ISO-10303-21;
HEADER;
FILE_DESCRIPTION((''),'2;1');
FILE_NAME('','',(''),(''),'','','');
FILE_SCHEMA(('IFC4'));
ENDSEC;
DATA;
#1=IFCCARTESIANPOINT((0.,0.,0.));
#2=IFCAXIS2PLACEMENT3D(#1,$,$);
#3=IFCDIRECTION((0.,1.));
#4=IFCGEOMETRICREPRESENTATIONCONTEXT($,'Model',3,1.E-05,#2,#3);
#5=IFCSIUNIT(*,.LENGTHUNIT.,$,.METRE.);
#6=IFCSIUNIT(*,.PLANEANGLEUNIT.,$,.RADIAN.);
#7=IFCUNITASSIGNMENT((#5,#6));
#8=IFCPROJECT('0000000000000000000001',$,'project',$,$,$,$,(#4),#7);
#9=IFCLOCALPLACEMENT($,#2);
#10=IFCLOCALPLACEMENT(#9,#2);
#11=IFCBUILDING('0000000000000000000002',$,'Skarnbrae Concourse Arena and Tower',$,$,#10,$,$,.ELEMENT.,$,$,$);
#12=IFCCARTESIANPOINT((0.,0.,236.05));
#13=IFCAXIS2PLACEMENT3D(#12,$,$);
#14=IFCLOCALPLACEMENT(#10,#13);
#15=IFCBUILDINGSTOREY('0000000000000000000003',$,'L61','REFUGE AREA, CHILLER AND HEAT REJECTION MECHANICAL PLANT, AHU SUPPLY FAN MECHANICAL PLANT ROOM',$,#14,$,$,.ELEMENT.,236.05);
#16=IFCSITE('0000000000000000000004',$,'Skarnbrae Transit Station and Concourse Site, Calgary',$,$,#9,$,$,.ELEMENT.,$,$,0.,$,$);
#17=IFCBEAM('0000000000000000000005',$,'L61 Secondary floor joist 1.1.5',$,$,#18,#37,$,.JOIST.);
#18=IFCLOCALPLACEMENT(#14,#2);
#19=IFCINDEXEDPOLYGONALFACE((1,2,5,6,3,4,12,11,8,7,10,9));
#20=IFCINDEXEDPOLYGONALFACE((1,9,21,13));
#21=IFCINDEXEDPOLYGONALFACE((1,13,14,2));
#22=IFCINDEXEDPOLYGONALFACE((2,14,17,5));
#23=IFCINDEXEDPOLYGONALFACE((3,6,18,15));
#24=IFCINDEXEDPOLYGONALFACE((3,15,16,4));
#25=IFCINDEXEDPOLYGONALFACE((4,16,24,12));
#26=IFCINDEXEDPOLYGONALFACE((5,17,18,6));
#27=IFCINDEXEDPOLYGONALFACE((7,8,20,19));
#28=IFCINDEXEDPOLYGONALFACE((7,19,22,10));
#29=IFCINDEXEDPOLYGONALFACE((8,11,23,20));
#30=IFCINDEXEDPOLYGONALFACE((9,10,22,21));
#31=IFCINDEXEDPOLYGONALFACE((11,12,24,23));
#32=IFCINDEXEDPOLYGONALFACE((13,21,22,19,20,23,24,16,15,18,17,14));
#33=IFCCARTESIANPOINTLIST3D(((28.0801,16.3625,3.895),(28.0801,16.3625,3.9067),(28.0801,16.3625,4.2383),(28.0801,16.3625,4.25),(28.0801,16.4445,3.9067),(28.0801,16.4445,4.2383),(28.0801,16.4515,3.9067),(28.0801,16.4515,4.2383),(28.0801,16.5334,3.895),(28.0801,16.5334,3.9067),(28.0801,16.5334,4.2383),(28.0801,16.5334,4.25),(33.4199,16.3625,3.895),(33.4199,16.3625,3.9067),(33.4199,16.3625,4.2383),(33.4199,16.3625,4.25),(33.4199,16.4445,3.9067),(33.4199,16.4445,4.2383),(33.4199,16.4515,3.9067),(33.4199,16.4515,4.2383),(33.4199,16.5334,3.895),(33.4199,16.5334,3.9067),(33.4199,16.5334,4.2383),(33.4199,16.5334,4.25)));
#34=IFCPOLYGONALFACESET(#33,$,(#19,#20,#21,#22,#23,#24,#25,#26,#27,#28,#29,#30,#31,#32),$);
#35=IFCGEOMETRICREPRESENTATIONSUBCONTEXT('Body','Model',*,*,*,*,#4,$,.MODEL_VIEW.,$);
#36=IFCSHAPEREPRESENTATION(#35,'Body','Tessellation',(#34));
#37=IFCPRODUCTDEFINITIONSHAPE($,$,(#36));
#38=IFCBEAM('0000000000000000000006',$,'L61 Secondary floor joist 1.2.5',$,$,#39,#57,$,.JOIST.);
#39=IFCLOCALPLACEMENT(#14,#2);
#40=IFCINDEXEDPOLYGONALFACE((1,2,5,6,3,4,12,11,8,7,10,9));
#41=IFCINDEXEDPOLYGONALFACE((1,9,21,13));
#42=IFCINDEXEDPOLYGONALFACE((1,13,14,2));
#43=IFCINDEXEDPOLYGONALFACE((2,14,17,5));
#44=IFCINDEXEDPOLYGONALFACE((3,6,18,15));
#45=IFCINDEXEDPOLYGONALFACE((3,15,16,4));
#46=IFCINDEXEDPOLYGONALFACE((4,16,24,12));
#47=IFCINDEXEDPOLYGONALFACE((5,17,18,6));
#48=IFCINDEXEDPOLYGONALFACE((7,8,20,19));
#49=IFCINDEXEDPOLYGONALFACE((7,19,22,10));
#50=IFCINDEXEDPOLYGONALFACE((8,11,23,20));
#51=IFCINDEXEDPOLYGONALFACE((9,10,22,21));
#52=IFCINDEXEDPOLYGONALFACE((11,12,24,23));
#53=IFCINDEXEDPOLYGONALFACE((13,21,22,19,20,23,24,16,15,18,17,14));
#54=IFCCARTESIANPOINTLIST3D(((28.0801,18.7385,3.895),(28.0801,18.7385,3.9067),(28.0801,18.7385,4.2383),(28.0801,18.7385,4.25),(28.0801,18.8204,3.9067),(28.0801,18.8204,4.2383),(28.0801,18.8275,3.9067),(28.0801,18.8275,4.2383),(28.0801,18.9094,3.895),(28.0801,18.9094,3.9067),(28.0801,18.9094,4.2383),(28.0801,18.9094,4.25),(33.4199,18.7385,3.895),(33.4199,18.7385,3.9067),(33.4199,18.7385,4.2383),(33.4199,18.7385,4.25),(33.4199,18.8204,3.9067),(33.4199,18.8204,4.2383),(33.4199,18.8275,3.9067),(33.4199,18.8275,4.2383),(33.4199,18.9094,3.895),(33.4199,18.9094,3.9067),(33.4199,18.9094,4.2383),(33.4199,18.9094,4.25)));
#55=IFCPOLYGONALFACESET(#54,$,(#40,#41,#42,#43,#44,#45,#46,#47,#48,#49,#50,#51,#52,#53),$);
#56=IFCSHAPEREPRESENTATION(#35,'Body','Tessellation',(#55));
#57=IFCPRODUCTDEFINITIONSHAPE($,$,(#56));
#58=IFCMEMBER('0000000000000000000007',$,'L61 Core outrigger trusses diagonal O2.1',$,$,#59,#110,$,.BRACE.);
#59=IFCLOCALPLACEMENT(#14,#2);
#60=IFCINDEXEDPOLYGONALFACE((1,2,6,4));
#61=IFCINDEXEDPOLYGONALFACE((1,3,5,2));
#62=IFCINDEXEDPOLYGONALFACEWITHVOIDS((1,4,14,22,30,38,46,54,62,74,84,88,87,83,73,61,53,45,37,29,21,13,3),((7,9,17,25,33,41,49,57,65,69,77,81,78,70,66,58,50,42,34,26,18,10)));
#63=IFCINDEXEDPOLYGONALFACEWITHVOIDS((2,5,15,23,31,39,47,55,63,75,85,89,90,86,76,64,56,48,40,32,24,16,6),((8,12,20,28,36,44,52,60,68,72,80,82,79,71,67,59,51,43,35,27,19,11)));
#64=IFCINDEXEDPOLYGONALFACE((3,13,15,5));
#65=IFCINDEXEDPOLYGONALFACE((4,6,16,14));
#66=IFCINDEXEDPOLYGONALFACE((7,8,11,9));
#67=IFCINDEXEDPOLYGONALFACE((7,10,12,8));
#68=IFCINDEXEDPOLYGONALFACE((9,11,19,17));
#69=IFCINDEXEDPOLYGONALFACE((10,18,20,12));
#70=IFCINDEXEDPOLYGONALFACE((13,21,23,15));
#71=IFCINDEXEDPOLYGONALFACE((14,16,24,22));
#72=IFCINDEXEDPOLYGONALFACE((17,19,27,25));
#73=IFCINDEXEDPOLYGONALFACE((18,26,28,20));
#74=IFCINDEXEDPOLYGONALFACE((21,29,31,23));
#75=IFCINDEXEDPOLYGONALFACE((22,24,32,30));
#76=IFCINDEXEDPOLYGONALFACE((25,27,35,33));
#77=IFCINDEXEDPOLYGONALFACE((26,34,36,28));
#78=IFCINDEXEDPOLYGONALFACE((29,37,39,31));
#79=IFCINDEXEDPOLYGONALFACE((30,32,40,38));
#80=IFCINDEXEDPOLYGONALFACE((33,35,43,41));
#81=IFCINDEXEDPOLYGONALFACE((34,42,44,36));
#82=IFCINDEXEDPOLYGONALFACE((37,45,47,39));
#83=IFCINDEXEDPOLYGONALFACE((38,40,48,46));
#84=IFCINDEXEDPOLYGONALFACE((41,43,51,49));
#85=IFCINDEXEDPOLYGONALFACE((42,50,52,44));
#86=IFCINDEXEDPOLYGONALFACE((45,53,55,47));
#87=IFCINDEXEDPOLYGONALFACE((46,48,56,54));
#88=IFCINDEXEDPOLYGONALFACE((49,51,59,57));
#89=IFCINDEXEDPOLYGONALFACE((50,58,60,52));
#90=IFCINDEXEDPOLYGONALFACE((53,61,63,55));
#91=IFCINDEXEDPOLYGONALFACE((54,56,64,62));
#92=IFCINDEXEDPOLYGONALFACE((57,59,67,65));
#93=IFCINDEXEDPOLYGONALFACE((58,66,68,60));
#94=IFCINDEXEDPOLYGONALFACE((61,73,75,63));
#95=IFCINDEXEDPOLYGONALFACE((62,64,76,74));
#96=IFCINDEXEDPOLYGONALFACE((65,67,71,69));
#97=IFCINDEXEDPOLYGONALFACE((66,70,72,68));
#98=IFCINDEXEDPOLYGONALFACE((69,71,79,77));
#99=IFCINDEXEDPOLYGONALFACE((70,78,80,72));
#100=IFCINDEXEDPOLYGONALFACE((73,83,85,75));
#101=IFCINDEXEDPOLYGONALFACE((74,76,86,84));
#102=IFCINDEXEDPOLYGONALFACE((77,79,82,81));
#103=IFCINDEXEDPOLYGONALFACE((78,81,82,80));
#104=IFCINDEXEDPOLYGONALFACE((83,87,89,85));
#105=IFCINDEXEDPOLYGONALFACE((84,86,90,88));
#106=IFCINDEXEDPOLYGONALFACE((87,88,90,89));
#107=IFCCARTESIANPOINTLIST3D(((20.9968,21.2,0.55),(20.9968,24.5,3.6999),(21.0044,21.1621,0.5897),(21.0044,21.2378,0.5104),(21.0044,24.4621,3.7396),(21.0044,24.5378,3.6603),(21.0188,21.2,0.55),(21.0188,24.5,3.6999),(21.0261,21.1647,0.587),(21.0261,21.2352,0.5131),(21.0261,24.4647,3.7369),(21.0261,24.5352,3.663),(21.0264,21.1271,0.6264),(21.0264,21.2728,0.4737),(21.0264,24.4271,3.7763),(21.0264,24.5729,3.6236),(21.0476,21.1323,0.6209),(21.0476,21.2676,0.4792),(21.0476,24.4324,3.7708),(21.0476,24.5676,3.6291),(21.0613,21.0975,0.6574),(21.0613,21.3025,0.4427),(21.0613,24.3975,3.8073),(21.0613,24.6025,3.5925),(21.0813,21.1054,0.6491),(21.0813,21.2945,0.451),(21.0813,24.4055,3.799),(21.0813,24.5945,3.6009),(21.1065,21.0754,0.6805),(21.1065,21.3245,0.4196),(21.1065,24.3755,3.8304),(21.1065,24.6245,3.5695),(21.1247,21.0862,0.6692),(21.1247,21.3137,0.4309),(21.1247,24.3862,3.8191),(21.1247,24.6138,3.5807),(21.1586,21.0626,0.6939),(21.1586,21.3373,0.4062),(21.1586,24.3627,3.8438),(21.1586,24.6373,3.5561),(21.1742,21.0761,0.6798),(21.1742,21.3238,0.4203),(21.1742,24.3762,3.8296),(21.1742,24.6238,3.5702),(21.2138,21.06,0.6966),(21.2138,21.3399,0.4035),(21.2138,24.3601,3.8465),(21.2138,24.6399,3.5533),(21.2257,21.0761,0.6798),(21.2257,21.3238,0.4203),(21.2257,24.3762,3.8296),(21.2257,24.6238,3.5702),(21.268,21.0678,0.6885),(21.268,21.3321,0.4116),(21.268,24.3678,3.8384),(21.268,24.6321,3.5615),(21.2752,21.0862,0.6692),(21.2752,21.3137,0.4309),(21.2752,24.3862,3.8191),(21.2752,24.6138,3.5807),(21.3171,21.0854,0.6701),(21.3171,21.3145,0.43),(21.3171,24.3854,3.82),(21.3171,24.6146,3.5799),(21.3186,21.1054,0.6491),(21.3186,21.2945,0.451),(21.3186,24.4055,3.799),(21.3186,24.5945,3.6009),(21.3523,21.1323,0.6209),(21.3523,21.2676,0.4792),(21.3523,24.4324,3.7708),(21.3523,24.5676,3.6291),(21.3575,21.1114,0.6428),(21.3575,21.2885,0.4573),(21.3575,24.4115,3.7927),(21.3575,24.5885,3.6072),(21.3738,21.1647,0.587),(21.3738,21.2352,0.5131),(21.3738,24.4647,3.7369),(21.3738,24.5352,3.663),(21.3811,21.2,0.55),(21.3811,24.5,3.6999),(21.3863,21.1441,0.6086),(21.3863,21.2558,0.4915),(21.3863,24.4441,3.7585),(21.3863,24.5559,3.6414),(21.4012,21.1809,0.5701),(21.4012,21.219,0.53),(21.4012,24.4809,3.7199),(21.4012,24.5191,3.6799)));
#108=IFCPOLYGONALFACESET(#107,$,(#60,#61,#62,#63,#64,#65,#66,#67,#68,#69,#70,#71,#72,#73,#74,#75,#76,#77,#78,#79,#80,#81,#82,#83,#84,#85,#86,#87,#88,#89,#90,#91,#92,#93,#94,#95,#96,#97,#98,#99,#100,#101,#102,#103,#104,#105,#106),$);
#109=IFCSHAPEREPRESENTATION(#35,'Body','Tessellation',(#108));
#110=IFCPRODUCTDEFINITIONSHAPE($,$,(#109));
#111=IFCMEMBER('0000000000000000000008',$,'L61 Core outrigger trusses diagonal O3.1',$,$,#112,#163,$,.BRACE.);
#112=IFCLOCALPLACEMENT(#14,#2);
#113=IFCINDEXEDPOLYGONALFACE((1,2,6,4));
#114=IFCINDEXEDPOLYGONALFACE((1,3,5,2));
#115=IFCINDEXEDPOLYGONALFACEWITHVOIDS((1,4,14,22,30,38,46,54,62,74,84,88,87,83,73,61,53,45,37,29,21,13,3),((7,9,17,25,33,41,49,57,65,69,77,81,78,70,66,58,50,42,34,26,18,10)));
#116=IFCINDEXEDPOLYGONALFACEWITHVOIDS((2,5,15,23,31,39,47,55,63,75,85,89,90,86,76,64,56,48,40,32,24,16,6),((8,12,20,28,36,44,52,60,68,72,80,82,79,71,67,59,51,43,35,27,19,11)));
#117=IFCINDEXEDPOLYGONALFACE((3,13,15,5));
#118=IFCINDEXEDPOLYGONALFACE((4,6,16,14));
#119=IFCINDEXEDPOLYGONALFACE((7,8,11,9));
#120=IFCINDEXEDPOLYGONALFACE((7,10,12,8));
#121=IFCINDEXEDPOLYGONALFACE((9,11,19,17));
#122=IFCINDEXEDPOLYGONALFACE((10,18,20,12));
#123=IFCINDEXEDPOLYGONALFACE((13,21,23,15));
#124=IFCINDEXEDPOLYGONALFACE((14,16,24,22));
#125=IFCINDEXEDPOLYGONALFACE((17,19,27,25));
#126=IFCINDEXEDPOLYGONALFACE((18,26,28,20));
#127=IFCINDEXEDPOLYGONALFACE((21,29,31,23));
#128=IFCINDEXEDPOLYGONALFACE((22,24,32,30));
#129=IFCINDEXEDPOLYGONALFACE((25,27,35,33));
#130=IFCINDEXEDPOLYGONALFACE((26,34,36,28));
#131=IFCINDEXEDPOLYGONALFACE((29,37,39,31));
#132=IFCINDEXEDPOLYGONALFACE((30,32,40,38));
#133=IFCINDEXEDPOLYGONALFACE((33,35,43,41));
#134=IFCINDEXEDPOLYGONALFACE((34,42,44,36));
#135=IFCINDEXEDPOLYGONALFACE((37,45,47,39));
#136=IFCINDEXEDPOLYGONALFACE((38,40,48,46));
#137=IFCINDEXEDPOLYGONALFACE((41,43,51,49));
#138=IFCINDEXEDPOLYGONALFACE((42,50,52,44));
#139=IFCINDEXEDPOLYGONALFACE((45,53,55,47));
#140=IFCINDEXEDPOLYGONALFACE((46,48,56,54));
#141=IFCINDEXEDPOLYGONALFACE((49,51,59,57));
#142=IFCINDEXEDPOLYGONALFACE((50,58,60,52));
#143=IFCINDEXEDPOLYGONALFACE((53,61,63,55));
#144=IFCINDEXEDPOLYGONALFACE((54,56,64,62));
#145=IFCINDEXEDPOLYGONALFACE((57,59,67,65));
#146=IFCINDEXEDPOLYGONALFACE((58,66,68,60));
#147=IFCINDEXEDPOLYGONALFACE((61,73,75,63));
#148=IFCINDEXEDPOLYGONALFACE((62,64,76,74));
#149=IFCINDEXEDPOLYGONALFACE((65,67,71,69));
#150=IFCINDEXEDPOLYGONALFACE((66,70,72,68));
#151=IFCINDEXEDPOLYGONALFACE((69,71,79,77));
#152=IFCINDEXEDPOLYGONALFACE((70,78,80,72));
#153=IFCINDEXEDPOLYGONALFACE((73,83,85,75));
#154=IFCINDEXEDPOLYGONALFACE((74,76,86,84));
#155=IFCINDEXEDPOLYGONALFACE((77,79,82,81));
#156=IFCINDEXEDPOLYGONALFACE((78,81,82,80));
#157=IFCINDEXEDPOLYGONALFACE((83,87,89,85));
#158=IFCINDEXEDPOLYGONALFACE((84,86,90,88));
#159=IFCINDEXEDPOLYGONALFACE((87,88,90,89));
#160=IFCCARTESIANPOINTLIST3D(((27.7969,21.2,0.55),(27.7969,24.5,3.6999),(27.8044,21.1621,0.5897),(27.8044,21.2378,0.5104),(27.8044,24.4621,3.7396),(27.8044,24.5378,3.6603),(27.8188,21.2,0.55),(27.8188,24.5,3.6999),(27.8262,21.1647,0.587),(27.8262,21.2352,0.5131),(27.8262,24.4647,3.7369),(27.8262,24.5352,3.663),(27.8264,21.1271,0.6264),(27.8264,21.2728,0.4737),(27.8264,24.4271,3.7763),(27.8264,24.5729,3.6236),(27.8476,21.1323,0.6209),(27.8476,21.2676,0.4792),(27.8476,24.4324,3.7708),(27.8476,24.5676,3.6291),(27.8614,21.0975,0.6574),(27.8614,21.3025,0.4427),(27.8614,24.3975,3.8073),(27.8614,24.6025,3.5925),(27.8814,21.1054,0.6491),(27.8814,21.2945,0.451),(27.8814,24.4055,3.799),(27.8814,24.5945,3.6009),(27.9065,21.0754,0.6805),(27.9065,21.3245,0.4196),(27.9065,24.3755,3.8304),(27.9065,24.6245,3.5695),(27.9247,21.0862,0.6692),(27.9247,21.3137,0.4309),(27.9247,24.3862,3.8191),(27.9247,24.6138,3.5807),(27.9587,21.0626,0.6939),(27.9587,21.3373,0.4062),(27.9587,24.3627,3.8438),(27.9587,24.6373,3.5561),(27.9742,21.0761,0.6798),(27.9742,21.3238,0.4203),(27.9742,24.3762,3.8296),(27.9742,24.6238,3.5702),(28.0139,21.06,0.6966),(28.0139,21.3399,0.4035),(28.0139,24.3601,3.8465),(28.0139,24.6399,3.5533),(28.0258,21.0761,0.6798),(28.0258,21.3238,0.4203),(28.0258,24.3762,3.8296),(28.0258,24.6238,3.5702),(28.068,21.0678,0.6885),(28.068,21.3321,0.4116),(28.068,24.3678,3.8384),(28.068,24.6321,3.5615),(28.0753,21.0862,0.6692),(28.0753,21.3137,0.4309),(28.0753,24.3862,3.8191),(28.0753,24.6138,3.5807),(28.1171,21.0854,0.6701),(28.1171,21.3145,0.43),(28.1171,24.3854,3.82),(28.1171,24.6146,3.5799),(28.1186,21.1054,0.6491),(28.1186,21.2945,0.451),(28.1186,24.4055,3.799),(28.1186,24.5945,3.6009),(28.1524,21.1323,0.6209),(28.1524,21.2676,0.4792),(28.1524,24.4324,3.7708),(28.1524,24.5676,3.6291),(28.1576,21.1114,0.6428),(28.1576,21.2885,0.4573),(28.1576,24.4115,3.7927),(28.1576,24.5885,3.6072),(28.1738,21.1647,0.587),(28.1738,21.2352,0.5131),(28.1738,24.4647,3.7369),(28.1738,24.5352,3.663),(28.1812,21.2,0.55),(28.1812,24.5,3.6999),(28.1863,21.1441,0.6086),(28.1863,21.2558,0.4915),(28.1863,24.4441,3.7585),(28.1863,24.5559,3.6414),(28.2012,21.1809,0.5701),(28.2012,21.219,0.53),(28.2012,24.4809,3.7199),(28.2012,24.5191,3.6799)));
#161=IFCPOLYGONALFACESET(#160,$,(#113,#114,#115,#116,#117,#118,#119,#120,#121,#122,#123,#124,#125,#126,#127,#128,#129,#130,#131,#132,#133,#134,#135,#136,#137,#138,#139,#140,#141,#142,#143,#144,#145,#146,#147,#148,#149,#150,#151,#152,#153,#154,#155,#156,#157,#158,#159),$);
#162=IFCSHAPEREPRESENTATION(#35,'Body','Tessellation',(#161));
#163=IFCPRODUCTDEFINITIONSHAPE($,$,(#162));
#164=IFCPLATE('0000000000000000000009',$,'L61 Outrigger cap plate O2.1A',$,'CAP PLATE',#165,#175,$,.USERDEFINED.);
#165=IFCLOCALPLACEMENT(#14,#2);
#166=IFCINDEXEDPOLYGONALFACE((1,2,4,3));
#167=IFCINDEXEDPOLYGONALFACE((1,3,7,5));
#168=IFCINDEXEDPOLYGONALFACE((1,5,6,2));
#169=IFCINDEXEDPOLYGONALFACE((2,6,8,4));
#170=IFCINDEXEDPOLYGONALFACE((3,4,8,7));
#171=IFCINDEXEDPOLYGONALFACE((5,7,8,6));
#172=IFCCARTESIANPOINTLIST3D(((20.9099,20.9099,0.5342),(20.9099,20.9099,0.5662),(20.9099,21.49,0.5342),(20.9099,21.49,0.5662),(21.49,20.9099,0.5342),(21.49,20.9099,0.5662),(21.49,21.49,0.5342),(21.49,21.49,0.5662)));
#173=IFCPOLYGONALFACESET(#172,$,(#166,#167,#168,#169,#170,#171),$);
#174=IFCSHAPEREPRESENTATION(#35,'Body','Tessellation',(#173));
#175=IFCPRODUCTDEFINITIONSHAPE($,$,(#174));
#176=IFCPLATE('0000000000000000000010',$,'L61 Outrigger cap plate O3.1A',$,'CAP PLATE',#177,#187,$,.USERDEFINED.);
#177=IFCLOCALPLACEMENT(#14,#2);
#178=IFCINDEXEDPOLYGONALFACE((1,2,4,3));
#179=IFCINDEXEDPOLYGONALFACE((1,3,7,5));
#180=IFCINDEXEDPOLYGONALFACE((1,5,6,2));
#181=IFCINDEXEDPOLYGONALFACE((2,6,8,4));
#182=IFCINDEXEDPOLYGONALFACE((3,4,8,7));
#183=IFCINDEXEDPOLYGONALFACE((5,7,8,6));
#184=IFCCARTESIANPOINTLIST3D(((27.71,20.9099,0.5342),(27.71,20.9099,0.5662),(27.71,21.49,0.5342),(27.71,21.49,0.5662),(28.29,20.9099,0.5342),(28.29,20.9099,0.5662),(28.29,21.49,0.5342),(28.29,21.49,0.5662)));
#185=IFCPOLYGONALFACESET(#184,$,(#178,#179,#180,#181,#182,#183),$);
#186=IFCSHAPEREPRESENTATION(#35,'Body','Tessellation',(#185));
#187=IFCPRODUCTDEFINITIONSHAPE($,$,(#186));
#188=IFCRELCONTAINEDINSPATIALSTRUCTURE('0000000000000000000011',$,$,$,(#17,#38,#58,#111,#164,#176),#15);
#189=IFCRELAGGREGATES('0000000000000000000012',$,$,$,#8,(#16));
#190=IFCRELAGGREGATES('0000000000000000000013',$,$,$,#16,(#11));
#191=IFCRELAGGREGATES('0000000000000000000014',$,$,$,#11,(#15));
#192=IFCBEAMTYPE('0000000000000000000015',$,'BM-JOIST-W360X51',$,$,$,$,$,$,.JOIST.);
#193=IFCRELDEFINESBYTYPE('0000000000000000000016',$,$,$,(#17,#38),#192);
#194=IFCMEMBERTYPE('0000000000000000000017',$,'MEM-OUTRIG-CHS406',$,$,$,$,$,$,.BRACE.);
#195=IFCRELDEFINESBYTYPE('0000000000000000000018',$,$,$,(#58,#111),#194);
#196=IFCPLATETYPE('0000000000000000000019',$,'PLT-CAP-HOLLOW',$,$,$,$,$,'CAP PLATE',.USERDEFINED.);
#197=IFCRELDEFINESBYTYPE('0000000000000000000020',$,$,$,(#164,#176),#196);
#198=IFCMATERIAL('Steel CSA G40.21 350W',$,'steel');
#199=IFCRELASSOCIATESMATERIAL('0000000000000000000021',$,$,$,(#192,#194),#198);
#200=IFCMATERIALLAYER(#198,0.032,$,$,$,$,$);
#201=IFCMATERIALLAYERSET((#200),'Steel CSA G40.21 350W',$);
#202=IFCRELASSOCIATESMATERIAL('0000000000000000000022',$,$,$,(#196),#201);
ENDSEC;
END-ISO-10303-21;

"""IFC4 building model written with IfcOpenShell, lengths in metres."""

from ifc_helpers import new_model, si_unit, direction, frame, origin, origin_2d, place, context, subcontext, project, spatial, rectangle, hollow_circle, i_section, extrude, source, transform, mapped, material, layer, layer_set, material_profile, profile_set, type_object, element, save


model = new_model("IFC4")

# Units and contexts
model_context = context("Model", 3, precision=1e-05, world=origin(), true_north=direction((0.0, 1.0)))
body_context = subcontext(model_context, "Body", "Model", "MODEL_VIEW")
ifc_project = project(units=[si_unit("LENGTHUNIT", "METRE"), si_unit("PLANEANGLEUNIT", "RADIAN")], contexts=[model_context])

# Site, building, storey
site_placement = place(None, origin())
site = spatial("IfcSite", under=ifc_project, at=site_placement, Name="Skarnbrae Transit Station and Concourse Site, Calgary", CompositionType="ELEMENT", RefElevation=0.0)
building_placement = place(site_placement, origin())
building = spatial("IfcBuilding", under=site, at=building_placement, Name="Skarnbrae Concourse Arena and Tower", CompositionType="ELEMENT")
storey_placement = place(building_placement, frame((0.0, 0.0, 236.05)))
storey = spatial("IfcBuildingStorey", under=building, at=storey_placement, Name="L61", Description="REFUGE AREA, CHILLER AND HEAT REJECTION MECHANICAL PLANT, AHU SUPPLY FAN MECHANICAL PLANT ROOM", CompositionType="ELEMENT", Elevation=236.05)

# Shared definitions
ifc_material_1 = material(Name="Steel CSA G40.21 350W", Category="steel")

# Beams
ifc_material_profile_1 = material_profile(ifc_material_1, i_section(OverallWidth=0.1709, OverallDepth=0.355, WebThickness=0.0071, FlangeThickness=0.0117, at=origin_2d()), Name="W360X51")
ifc_profile_set_1 = profile_set([ifc_material_profile_1], Name="Steel CSA G40.21 350W")
beam_type_1 = type_object("IfcBeamType", Name="BM-JOIST-W360X51", PredefinedType="JOIST", material=ifc_profile_set_1)
shared_shape_1 = source(origin(), body_context, "Body", "SweptSolid", [
    extrude(i_section(OverallWidth=0.1709, OverallDepth=0.355, WebThickness=0.0071, FlangeThickness=0.0117, at=origin_2d()), origin(), (0.0, 0.0, 1.0), 5.3398),
])
for number, where, z_axis, x_axis, name in (
    (1, (28.0801, 16.448, 4.0725), (1.0, 0.0, 0.0), (0.0, 1.0, 0.0), "L61 Secondary floor joist 1.1.5"),
    (2, (28.0801, 18.824, 4.0725), (1.0, 0.0, 0.0), (0.0, 1.0, 0.0), "L61 Secondary floor joist 1.2.5"),
):
    element("IfcBeam", number, at=place(storey_placement, frame(where, z_axis=z_axis, x_axis=x_axis)), inside=storey, type_object=beam_type_1, Name=name, PredefinedType="JOIST", context=body_context, shape_type="MappedRepresentation", body=[
        mapped(shared_shape_1, transform((0.0, 0.0, 0.0))),
    ])

# Members
ifc_material_profile_2 = material_profile(ifc_material_1, hollow_circle(Radius=0.2031, WallThickness=0.022, at=origin_2d()), Name="HSS406X22.0")
ifc_profile_set_2 = profile_set([ifc_material_profile_2], Name="Steel CSA G40.21 350W")
member_type = type_object("IfcMemberType", Name="MEM-OUTRIG-CHS406", PredefinedType="BRACE", material=ifc_profile_set_2)
shared_shape_2 = source(origin(), body_context, "Body", "SweptSolid", [
    extrude(hollow_circle(Radius=0.2031, WallThickness=0.022, at=origin_2d()), origin(), (0.0, 0.0, 1.0), 4.562),
])
for number, where, z_axis, x_axis, name in (
    (3, (21.2, 21.2, 0.55), (0.0, 0.723371, 0.690459), (-1.0, 0.0, 0.0), "L61 Core outrigger trusses diagonal O2.1"),
    (4, (28.0, 21.2, 0.55), (0.0, 0.723371, 0.690459), (-1.0, 0.0, 0.0), "L61 Core outrigger trusses diagonal O3.1"),
):
    element("IfcMember", number, at=place(storey_placement, frame(where, z_axis=z_axis, x_axis=x_axis)), inside=storey, type_object=member_type, Name=name, PredefinedType="BRACE", context=body_context, shape_type="MappedRepresentation", body=[
        mapped(shared_shape_2, transform((0.0, 0.0, 0.0))),
    ])

# Plates
ifc_layer_1 = layer(ifc_material_1, 0.032)
ifc_layer_set_1 = layer_set([ifc_layer_1], Name="Steel CSA G40.21 350W")
plate_type_1 = type_object("IfcPlateType", Name="PLT-CAP-HOLLOW", ElementType="CAP PLATE", PredefinedType="USERDEFINED", material=ifc_layer_set_1)
shared_shape_3 = source(origin(), body_context, "Body", "SweptSolid", [
    extrude(rectangle(XDim=0.5801, YDim=0.5801, at=origin_2d()), origin(), (0.0, 0.0, 1.0), 0.032),
])
for number, where, z_axis, x_axis, name in (
    (5, (21.2, 21.2, 0.5342), (0.0, 0.0, 1.0), (1.0, 0.0, 0.0), "L61 Outrigger cap plate O2.1A"),
    (6, (28.0, 21.2, 0.5342), (0.0, 0.0, 1.0), (1.0, 0.0, 0.0), "L61 Outrigger cap plate O3.1A"),
):
    element("IfcPlate", number, at=place(storey_placement, frame(where, z_axis=z_axis, x_axis=x_axis)), inside=storey, type_object=plate_type_1, Name=name, ObjectType="CAP PLATE", PredefinedType="USERDEFINED", context=body_context, shape_type="MappedRepresentation", body=[
        mapped(shared_shape_3, transform((0.0, 0.0, 0.0))),
    ])

save(model, "model.ifc")
